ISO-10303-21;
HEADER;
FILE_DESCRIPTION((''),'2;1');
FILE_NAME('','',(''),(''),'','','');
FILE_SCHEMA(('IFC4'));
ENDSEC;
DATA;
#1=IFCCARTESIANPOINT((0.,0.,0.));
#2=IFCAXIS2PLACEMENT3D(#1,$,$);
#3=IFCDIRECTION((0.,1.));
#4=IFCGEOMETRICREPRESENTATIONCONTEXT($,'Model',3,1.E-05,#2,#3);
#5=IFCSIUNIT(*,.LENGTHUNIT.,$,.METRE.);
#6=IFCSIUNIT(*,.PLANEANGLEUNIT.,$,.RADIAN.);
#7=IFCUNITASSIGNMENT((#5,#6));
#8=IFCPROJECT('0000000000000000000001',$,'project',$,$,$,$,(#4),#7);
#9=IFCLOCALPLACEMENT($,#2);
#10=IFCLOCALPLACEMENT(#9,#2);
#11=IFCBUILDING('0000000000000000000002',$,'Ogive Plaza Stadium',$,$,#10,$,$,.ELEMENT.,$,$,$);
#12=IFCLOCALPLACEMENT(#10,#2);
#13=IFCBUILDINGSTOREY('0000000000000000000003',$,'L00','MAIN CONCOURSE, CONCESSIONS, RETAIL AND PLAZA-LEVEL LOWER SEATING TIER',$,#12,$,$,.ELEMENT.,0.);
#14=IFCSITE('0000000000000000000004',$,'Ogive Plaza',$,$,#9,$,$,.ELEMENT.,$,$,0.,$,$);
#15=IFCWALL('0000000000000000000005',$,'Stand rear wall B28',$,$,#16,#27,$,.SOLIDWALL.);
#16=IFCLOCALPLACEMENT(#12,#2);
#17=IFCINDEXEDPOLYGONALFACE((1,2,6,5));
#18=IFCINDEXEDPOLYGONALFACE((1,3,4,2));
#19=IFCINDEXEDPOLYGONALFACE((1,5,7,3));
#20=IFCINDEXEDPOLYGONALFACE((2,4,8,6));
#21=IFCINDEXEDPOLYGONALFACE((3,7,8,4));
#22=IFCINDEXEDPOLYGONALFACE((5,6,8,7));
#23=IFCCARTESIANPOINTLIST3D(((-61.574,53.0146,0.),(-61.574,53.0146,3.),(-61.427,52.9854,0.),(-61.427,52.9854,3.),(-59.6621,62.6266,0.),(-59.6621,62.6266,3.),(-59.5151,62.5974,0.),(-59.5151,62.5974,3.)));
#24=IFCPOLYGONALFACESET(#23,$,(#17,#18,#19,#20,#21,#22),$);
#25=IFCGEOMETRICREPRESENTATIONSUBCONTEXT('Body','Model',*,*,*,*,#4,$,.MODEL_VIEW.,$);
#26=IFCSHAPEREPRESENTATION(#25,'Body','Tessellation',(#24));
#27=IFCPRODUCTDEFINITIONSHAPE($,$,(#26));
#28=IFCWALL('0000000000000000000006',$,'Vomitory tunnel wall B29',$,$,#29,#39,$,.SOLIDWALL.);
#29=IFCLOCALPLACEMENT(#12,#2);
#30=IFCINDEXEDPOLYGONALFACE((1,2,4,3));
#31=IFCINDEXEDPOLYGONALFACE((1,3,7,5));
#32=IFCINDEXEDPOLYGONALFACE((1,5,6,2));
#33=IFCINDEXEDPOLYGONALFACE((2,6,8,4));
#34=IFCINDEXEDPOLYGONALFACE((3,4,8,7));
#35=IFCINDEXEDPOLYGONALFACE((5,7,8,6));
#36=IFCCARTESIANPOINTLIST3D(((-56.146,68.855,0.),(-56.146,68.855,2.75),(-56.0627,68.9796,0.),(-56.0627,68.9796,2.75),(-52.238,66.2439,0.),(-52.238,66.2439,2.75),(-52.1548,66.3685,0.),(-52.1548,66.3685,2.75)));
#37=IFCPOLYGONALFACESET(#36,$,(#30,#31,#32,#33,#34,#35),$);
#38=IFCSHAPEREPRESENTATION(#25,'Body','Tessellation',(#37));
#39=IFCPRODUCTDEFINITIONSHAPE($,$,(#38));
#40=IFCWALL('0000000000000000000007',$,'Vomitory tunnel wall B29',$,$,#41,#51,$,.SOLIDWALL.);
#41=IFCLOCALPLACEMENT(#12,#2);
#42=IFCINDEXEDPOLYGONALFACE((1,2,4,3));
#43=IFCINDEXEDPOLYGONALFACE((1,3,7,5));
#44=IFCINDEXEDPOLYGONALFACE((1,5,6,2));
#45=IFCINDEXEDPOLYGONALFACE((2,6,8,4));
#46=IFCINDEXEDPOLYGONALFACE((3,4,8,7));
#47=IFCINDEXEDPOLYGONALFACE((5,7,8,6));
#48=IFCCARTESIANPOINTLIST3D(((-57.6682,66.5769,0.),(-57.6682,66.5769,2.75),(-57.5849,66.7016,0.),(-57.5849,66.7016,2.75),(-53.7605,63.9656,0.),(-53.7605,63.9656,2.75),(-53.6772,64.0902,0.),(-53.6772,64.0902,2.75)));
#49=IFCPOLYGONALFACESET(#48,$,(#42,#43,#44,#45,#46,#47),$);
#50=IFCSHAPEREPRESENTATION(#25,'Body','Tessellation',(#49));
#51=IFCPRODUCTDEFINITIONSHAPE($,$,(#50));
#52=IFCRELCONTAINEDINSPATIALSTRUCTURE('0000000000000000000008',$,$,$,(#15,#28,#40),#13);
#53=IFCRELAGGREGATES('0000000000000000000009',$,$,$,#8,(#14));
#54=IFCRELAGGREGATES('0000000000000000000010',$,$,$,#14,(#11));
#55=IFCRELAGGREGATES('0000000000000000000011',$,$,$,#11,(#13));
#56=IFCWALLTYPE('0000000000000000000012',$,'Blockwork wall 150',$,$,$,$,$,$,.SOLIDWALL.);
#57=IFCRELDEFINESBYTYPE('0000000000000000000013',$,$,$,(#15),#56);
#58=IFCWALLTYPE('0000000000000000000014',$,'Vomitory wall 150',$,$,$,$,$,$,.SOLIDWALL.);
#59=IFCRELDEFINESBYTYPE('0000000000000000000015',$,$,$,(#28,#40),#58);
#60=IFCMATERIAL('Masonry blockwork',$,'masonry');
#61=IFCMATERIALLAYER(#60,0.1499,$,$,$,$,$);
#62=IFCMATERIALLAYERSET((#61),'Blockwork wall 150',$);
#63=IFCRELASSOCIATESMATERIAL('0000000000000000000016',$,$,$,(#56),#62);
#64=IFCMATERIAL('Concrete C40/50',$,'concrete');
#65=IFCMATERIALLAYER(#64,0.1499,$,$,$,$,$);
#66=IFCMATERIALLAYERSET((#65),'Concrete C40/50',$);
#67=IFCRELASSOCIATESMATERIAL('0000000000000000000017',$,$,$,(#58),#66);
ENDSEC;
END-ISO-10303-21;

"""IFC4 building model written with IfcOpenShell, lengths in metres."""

from ifc_helpers import new_model, si_unit, direction, frame, frame_2d, origin, place, context, subcontext, project, spatial, rectangle, extrude, material, layer, layer_set, type_object, element, save


model = new_model("IFC4")

# Units and contexts
model_context = context("Model", 3, precision=1e-05, world=origin(), true_north=direction((0.0, 1.0)))
body_context = subcontext(model_context, "Body", "Model", "MODEL_VIEW")
ifc_project = project(units=[si_unit("LENGTHUNIT", "METRE"), si_unit("PLANEANGLEUNIT", "RADIAN")], contexts=[model_context])

# Site, building, storey
site_placement = place(None, origin())
site = spatial("IfcSite", under=ifc_project, at=site_placement, Name="Ogive Plaza", CompositionType="ELEMENT", RefElevation=0.0)
building_placement = place(site_placement, origin())
building = spatial("IfcBuilding", under=site, at=building_placement, Name="Ogive Plaza Stadium", CompositionType="ELEMENT")
storey_placement = place(building_placement, origin())
storey = spatial("IfcBuildingStorey", under=building, at=storey_placement, Name="L00", Description="MAIN CONCOURSE, CONCESSIONS, RETAIL AND PLAZA-LEVEL LOWER SEATING TIER", CompositionType="ELEMENT", Elevation=0.0)

# Wall
ifc_material_1 = material(Name="Masonry blockwork", Category="masonry")
ifc_layer_1 = layer(ifc_material_1, 0.1499)
ifc_layer_set_1 = layer_set([ifc_layer_1], Name="Blockwork wall 150")
wall_type_1 = type_object("IfcWallType", Name="Blockwork wall 150", PredefinedType="SOLIDWALL", material=ifc_layer_set_1)
wall_1_placement = place(storey_placement, frame((-61.5005, 53.0, 0.0), z_axis=(0.0, 0.0, 1.0), x_axis=(0.195081, 0.980787, 0.0)))
element("IfcWall", 1, at=wall_1_placement, inside=storey, type_object=wall_type_1, Name="Stand rear wall B28", PredefinedType="SOLIDWALL", context=body_context, shape_type="SweptSolid", body=[
    extrude(rectangle(XDim=9.8003, YDim=0.1499, at=frame_2d((4.9001, 0.0))), origin(), (0.0, 0.0, 1.0), 3.0),
])

# Walls
ifc_material_2 = material(Name="Concrete C40/50", Category="concrete")
ifc_layer_2 = layer(ifc_material_2, 0.1499)
ifc_layer_set_2 = layer_set([ifc_layer_2], Name="Concrete C40/50")
wall_type_2 = type_object("IfcWallType", Name="Vomitory wall 150", PredefinedType="SOLIDWALL", material=ifc_layer_set_2)
for number, where, z_axis, x_axis, name in (
    (2, (-52.1963, 66.3062, 0.0), (0.0, 0.0, 1.0), (-0.831482, 0.555551, 0.0), "Vomitory tunnel wall B29"),
    (3, (-53.7188, 64.0278, 0.0), (0.0, 0.0, 1.0), (-0.831442, 0.555611, 0.0), "Vomitory tunnel wall B29"),
):
    element("IfcWall", number, at=place(storey_placement, frame(where, z_axis=z_axis, x_axis=x_axis)), inside=storey, type_object=wall_type_2, Name=name, PredefinedType="SOLIDWALL", context=body_context, shape_type="SweptSolid", body=[
        extrude(rectangle(XDim=4.7, YDim=0.1499, at=frame_2d((2.3501, 0.0))), origin(), (0.0, 0.0, 1.0), 2.75),
    ])

save(model, "model.ifc")
